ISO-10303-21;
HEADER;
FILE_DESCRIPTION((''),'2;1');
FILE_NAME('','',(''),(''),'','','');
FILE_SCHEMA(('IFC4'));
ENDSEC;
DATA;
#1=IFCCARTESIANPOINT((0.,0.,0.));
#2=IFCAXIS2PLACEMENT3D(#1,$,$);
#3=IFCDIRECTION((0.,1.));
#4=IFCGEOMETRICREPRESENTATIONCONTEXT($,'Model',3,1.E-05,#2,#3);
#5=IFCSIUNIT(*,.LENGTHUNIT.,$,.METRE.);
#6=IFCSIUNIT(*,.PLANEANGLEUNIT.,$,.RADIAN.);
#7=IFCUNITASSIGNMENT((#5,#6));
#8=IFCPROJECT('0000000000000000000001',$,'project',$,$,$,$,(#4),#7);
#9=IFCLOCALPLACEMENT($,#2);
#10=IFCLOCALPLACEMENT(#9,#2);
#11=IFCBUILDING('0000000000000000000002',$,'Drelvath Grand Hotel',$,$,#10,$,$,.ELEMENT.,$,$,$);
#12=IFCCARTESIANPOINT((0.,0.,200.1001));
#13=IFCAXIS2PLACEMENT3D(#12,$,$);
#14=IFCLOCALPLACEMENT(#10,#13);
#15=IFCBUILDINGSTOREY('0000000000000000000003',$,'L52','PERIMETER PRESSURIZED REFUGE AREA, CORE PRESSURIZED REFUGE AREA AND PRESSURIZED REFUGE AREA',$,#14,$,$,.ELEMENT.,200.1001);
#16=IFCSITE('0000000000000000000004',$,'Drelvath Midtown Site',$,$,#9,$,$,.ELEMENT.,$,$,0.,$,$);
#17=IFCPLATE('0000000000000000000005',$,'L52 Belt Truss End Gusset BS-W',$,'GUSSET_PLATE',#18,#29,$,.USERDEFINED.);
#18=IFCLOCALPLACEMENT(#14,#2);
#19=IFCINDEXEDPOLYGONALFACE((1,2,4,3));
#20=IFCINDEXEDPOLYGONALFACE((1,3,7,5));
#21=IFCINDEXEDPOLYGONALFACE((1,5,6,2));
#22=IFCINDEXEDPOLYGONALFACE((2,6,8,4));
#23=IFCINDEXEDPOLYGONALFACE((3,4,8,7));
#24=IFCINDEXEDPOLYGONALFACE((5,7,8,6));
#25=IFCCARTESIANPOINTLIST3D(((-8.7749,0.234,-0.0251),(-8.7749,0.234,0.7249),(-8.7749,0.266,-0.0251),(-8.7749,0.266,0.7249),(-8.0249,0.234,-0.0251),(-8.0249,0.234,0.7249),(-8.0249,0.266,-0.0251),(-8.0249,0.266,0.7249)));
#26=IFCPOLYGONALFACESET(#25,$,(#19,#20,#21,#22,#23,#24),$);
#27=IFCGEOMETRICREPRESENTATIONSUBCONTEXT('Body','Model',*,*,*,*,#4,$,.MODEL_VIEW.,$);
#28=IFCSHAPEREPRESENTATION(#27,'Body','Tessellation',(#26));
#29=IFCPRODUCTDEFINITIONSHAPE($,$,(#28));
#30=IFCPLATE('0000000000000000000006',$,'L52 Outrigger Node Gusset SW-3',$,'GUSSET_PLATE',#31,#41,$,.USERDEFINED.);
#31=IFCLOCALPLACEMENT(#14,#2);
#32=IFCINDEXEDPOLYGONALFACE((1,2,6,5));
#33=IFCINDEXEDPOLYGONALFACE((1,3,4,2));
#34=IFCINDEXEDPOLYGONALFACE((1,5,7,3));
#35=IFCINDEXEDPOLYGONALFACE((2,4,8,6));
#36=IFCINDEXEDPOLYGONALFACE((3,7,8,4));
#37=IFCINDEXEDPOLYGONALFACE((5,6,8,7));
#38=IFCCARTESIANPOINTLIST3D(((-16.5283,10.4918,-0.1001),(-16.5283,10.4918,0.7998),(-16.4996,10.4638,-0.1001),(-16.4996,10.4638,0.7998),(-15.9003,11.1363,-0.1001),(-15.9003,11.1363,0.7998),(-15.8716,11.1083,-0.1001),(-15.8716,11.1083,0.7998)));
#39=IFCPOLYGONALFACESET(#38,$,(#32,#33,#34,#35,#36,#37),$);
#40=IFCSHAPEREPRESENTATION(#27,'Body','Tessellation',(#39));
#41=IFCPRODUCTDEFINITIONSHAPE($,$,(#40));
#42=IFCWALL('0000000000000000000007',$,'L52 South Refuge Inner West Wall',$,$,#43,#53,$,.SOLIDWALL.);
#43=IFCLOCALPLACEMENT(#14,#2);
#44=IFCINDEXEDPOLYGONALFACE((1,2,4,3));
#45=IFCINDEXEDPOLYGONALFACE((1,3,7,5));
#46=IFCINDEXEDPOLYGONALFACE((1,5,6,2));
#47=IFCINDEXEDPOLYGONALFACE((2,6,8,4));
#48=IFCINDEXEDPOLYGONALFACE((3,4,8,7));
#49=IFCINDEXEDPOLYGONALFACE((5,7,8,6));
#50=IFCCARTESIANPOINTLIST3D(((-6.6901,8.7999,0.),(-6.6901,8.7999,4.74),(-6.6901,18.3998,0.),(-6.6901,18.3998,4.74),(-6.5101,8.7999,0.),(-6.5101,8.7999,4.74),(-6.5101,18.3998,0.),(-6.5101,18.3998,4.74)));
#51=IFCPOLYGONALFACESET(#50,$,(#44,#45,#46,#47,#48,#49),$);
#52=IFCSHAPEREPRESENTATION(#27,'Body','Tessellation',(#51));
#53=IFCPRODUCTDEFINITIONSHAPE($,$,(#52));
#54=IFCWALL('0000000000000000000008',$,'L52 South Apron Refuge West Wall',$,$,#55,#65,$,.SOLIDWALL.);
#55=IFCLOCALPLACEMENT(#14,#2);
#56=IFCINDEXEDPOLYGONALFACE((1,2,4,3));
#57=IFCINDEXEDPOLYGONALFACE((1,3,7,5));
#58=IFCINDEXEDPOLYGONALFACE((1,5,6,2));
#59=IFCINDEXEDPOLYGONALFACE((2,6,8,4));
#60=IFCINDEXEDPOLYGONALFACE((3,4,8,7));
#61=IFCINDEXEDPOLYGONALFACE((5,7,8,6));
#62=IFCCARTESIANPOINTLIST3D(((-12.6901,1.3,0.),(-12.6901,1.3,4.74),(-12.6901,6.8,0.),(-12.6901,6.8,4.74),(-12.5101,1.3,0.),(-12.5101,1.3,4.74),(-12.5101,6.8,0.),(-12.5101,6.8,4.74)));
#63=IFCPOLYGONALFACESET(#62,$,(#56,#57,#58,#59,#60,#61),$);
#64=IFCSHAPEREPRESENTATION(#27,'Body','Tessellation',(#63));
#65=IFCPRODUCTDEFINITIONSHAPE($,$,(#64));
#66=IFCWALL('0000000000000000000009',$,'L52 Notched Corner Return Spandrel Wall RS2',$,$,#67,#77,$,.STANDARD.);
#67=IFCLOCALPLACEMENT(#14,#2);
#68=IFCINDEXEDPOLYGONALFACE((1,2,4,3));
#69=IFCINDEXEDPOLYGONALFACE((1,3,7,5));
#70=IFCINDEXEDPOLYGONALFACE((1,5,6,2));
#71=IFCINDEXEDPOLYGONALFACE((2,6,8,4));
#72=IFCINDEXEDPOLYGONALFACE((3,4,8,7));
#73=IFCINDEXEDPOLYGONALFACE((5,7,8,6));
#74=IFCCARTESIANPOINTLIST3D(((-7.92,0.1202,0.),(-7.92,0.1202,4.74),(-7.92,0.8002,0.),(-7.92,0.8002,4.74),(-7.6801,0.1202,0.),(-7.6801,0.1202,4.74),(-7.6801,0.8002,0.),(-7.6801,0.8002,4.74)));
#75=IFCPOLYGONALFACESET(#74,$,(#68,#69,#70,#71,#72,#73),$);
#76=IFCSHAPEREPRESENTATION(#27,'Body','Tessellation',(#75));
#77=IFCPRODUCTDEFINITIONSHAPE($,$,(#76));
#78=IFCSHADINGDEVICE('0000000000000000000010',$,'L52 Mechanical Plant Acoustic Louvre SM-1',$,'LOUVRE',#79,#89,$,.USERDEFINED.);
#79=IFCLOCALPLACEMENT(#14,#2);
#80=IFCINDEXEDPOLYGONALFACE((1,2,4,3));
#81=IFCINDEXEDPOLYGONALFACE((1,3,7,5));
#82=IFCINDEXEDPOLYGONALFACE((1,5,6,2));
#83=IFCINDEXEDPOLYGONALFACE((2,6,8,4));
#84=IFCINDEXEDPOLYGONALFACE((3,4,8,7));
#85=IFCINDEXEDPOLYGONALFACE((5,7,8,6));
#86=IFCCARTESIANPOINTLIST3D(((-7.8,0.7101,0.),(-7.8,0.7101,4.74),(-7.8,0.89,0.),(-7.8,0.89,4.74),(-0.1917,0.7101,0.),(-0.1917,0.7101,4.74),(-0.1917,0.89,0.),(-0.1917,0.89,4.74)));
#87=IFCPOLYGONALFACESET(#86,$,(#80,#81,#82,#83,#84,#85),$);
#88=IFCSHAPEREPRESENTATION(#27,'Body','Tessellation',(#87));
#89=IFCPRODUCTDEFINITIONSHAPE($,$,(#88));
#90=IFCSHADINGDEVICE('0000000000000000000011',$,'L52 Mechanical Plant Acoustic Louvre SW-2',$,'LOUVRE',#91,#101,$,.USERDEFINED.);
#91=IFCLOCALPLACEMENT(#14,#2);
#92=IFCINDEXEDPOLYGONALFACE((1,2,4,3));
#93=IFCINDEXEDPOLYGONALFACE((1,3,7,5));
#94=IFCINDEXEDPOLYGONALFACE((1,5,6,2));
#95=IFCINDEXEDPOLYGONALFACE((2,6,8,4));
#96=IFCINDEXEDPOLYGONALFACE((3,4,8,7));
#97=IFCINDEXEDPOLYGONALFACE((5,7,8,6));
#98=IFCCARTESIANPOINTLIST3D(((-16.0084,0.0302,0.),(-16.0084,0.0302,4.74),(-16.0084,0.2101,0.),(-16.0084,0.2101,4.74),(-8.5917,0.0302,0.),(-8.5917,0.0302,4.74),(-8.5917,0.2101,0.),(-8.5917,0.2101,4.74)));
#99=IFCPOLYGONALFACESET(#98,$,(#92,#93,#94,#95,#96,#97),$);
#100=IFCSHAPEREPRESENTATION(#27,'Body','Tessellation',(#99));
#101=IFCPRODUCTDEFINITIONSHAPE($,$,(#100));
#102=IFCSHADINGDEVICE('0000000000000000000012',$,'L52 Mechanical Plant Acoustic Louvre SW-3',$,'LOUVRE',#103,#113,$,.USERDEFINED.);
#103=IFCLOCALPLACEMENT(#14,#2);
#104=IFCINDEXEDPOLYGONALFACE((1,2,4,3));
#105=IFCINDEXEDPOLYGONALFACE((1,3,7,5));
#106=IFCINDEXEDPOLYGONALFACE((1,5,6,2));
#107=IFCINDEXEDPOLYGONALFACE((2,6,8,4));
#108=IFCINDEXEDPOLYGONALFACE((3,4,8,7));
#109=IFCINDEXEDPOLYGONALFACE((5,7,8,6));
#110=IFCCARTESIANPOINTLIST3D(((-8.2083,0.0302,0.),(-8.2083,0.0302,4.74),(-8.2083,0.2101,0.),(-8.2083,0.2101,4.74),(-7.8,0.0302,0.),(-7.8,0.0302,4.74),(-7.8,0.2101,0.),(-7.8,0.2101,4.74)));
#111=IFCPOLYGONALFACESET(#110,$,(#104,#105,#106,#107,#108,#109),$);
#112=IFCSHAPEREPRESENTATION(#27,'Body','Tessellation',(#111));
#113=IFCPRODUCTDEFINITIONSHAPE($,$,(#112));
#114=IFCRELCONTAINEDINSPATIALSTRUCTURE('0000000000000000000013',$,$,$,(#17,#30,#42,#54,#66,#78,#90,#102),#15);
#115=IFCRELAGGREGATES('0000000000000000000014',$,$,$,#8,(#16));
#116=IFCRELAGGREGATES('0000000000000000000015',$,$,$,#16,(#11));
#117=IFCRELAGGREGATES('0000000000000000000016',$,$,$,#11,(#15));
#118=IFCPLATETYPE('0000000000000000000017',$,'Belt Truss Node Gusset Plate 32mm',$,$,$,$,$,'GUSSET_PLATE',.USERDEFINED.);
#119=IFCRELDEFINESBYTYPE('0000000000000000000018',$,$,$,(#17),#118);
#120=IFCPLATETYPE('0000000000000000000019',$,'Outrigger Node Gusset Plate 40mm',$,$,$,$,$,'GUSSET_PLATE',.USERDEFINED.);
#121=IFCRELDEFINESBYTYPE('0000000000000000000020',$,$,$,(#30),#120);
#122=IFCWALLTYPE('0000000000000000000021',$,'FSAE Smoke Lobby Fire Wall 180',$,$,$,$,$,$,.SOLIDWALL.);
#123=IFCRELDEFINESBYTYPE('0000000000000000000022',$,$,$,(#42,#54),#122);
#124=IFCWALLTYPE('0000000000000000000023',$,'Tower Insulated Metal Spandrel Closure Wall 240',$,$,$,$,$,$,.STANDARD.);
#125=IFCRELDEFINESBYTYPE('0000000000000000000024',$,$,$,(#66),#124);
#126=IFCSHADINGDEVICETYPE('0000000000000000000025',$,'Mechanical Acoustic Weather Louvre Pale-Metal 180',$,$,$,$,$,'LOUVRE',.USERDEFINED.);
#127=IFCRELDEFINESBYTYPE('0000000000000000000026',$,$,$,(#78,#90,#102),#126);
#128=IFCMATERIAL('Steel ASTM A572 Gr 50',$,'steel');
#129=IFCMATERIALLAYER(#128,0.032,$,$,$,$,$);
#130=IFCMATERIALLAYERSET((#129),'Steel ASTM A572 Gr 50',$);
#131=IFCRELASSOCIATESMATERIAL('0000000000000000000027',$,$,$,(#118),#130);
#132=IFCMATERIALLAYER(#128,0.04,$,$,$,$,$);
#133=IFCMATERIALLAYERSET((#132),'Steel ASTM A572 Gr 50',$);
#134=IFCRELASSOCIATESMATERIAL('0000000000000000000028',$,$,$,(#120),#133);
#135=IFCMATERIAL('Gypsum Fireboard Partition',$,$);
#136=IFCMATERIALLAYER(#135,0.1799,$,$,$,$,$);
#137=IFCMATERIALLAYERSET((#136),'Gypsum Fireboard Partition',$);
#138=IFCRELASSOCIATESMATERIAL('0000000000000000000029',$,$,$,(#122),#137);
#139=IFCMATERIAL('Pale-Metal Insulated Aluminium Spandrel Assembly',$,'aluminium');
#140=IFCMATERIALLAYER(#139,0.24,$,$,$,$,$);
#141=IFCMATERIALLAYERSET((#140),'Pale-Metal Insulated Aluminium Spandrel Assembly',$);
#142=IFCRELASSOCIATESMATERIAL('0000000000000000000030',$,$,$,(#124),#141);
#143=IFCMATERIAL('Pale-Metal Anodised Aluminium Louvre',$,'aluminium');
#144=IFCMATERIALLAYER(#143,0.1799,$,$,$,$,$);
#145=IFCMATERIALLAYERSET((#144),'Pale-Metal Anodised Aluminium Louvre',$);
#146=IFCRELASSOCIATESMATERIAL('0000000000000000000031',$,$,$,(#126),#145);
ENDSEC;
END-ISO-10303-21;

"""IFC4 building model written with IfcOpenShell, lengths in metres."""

from ifc_helpers import new_model, si_unit, direction, frame, frame_2d, origin, origin_2d, place, context, subcontext, project, spatial, rectangle, extrude, material, layer, layer_set, type_object, element, save


model = new_model("IFC4")

# Units and contexts
model_context = context("Model", 3, precision=1e-05, world=origin(), true_north=direction((0.0, 1.0)))
body_context = subcontext(model_context, "Body", "Model", "MODEL_VIEW")
ifc_project = project(units=[si_unit("LENGTHUNIT", "METRE"), si_unit("PLANEANGLEUNIT", "RADIAN")], contexts=[model_context])

# Site, building, storey
site_placement = place(None, origin())
site = spatial("IfcSite", under=ifc_project, at=site_placement, Name="Drelvath Midtown Site", CompositionType="ELEMENT", RefElevation=0.0)
building_placement = place(site_placement, origin())
building = spatial("IfcBuilding", under=site, at=building_placement, Name="Drelvath Grand Hotel", CompositionType="ELEMENT")
storey_placement = place(building_placement, frame((0.0, 0.0, 200.1001)))
storey = spatial("IfcBuildingStorey", under=building, at=storey_placement, Name="L52", Description="PERIMETER PRESSURIZED REFUGE AREA, CORE PRESSURIZED REFUGE AREA AND PRESSURIZED REFUGE AREA", CompositionType="ELEMENT", Elevation=200.1001)

# Shared definitions
ifc_material_1 = material(Name="Steel ASTM A572 Gr 50", Category="steel")

# Plates
ifc_layer_1 = layer(ifc_material_1, 0.032)
ifc_layer_set_1 = layer_set([ifc_layer_1], Name="Steel ASTM A572 Gr 50")
plate_type_1 = type_object("IfcPlateType", Name="Belt Truss Node Gusset Plate 32mm", ElementType="GUSSET_PLATE", PredefinedType="USERDEFINED", material=ifc_layer_set_1)
for number, where, z_axis, x_axis, name in (
    (1, (-8.3999, 0.25, -0.0251), (0.0, 0.0, 1.0), (1.0, 0.0, 0.0), "L52 Belt Truss End Gusset BS-W"),
):
    element("IfcPlate", number, at=place(storey_placement, frame(where, z_axis=z_axis, x_axis=x_axis)), inside=storey, type_object=plate_type_1, Name=name, ObjectType="GUSSET_PLATE", PredefinedType="USERDEFINED", context=body_context, shape_type="SweptSolid", body=[
        extrude(rectangle(XDim=0.75, YDim=0.032, at=origin_2d()), origin(), (0.0, 0.0, 1.0), 0.75),
    ])
ifc_layer_2 = layer(ifc_material_1, 0.04)
ifc_layer_set_2 = layer_set([ifc_layer_2], Name="Steel ASTM A572 Gr 50")
plate_type_2 = type_object("IfcPlateType", Name="Outrigger Node Gusset Plate 40mm", ElementType="GUSSET_PLATE", PredefinedType="USERDEFINED", material=ifc_layer_set_2)
plate_placement = place(storey_placement, frame((-16.2, 10.8, -0.1001), z_axis=(0.0, 0.0, 1.0), x_axis=(-0.697865, -0.71623, 0.0)))
element("IfcPlate", 2, at=plate_placement, inside=storey, type_object=plate_type_2, Name="L52 Outrigger Node Gusset SW-3", ObjectType="GUSSET_PLATE", PredefinedType="USERDEFINED", context=body_context, shape_type="SweptSolid", body=[
    extrude(rectangle(XDim=0.8999, YDim=0.04, at=origin_2d()), origin(), (0.0, 0.0, 1.0), 0.8999),
])

# Walls
ifc_material_2 = material(Name="Gypsum Fireboard Partition")
ifc_layer_3 = layer(ifc_material_2, 0.1799)
ifc_layer_set_3 = layer_set([ifc_layer_3], Name="Gypsum Fireboard Partition")
wall_type_1 = type_object("IfcWallType", Name="FSAE Smoke Lobby Fire Wall 180", PredefinedType="SOLIDWALL", material=ifc_layer_set_3)
wall_1_placement = place(storey_placement, frame((-6.6001, 8.8, 0.0), z_axis=(0.0, 0.0, 1.0), x_axis=(0.0, 1.0, 0.0)))
element("IfcWall", 3, at=wall_1_placement, inside=storey, type_object=wall_type_1, Name="L52 South Refuge Inner West Wall", PredefinedType="SOLIDWALL", context=body_context, shape_type="SweptSolid", body=[
    extrude(rectangle(XDim=9.5999, YDim=0.1799, at=frame_2d((4.7998, 0.0))), origin(), (0.0, 0.0, 1.0), 4.74),
])
wall_2_placement = place(storey_placement, frame((-12.6001, 1.3, 0.0), z_axis=(0.0, 0.0, 1.0), x_axis=(0.0, 1.0, 0.0)))
element("IfcWall", 4, at=wall_2_placement, inside=storey, type_object=wall_type_1, Name="L52 South Apron Refuge West Wall", PredefinedType="SOLIDWALL", context=body_context, shape_type="SweptSolid", body=[
    extrude(rectangle(XDim=5.5, YDim=0.1799, at=frame_2d((2.75, 0.0))), origin(), (0.0, 0.0, 1.0), 4.74),
])
ifc_material_3 = material(Name="Pale-Metal Insulated Aluminium Spandrel Assembly", Category="aluminium")
ifc_layer_4 = layer(ifc_material_3, 0.24)
ifc_layer_set_4 = layer_set([ifc_layer_4], Name="Pale-Metal Insulated Aluminium Spandrel Assembly")
wall_type_2 = type_object("IfcWallType", Name="Tower Insulated Metal Spandrel Closure Wall 240", PredefinedType="STANDARD", material=ifc_layer_set_4)
wall_3_placement = place(storey_placement, frame((-7.8, 0.8, 0.0), z_axis=(0.0, 0.0, 1.0), x_axis=(0.0, -1.0, 0.0)))
element("IfcWall", 5, at=wall_3_placement, inside=storey, type_object=wall_type_2, Name="L52 Notched Corner Return Spandrel Wall RS2", PredefinedType="STANDARD", context=body_context, shape_type="SweptSolid", body=[
    extrude(rectangle(XDim=0.6799, YDim=0.24, at=frame_2d((0.3398, 0.0))), origin(), (0.0, 0.0, 1.0), 4.74),
])

# Shading devices
ifc_material_4 = material(Name="Pale-Metal Anodised Aluminium Louvre", Category="aluminium")
ifc_layer_5 = layer(ifc_material_4, 0.1799)
ifc_layer_set_5 = layer_set([ifc_layer_5], Name="Pale-Metal Anodised Aluminium Louvre")
shading_device_type = type_object("IfcShadingDeviceType", Name="Mechanical Acoustic Weather Louvre Pale-Metal 180", ElementType="LOUVRE", PredefinedType="USERDEFINED", material=ifc_layer_set_5)
shading_device_1_placement = place(storey_placement, frame((-3.9958, 0.8, 0.0), z_axis=(0.0, 0.0, 1.0), x_axis=(1.0, 0.0, 0.0)))
element("IfcShadingDevice", 6, at=shading_device_1_placement, inside=storey, type_object=shading_device_type, Name="L52 Mechanical Plant Acoustic Louvre SM-1", ObjectType="LOUVRE", PredefinedType="USERDEFINED", context=body_context, shape_type="SweptSolid", body=[
    extrude(rectangle(XDim=7.6084, YDim=0.1799, at=origin_2d()), origin(), (0.0, 0.0, 1.0), 4.74),
])
shading_device_2_placement = place(storey_placement, frame((-12.3, 0.1201, 0.0), z_axis=(0.0, 0.0, 1.0), x_axis=(1.0, 0.0, 0.0)))
element("IfcShadingDevice", 7, at=shading_device_2_placement, inside=storey, type_object=shading_device_type, Name="L52 Mechanical Plant Acoustic Louvre SW-2", ObjectType="LOUVRE", PredefinedType="USERDEFINED", context=body_context, shape_type="SweptSolid", body=[
    extrude(rectangle(XDim=7.4167, YDim=0.1799, at=origin_2d()), origin(), (0.0, 0.0, 1.0), 4.74),
])
shading_device_3_placement = place(storey_placement, frame((-8.0042, 0.1201, 0.0), z_axis=(0.0, 0.0, 1.0), x_axis=(1.0, 0.0, 0.0)))
element("IfcShadingDevice", 8, at=shading_device_3_placement, inside=storey, type_object=shading_device_type, Name="L52 Mechanical Plant Acoustic Louvre SW-3", ObjectType="LOUVRE", PredefinedType="USERDEFINED", context=body_context, shape_type="SweptSolid", body=[
    extrude(rectangle(XDim=0.4082, YDim=0.1799, at=origin_2d()), origin(), (0.0, 0.0, 1.0), 4.74),
])

save(model, "model.ifc")
